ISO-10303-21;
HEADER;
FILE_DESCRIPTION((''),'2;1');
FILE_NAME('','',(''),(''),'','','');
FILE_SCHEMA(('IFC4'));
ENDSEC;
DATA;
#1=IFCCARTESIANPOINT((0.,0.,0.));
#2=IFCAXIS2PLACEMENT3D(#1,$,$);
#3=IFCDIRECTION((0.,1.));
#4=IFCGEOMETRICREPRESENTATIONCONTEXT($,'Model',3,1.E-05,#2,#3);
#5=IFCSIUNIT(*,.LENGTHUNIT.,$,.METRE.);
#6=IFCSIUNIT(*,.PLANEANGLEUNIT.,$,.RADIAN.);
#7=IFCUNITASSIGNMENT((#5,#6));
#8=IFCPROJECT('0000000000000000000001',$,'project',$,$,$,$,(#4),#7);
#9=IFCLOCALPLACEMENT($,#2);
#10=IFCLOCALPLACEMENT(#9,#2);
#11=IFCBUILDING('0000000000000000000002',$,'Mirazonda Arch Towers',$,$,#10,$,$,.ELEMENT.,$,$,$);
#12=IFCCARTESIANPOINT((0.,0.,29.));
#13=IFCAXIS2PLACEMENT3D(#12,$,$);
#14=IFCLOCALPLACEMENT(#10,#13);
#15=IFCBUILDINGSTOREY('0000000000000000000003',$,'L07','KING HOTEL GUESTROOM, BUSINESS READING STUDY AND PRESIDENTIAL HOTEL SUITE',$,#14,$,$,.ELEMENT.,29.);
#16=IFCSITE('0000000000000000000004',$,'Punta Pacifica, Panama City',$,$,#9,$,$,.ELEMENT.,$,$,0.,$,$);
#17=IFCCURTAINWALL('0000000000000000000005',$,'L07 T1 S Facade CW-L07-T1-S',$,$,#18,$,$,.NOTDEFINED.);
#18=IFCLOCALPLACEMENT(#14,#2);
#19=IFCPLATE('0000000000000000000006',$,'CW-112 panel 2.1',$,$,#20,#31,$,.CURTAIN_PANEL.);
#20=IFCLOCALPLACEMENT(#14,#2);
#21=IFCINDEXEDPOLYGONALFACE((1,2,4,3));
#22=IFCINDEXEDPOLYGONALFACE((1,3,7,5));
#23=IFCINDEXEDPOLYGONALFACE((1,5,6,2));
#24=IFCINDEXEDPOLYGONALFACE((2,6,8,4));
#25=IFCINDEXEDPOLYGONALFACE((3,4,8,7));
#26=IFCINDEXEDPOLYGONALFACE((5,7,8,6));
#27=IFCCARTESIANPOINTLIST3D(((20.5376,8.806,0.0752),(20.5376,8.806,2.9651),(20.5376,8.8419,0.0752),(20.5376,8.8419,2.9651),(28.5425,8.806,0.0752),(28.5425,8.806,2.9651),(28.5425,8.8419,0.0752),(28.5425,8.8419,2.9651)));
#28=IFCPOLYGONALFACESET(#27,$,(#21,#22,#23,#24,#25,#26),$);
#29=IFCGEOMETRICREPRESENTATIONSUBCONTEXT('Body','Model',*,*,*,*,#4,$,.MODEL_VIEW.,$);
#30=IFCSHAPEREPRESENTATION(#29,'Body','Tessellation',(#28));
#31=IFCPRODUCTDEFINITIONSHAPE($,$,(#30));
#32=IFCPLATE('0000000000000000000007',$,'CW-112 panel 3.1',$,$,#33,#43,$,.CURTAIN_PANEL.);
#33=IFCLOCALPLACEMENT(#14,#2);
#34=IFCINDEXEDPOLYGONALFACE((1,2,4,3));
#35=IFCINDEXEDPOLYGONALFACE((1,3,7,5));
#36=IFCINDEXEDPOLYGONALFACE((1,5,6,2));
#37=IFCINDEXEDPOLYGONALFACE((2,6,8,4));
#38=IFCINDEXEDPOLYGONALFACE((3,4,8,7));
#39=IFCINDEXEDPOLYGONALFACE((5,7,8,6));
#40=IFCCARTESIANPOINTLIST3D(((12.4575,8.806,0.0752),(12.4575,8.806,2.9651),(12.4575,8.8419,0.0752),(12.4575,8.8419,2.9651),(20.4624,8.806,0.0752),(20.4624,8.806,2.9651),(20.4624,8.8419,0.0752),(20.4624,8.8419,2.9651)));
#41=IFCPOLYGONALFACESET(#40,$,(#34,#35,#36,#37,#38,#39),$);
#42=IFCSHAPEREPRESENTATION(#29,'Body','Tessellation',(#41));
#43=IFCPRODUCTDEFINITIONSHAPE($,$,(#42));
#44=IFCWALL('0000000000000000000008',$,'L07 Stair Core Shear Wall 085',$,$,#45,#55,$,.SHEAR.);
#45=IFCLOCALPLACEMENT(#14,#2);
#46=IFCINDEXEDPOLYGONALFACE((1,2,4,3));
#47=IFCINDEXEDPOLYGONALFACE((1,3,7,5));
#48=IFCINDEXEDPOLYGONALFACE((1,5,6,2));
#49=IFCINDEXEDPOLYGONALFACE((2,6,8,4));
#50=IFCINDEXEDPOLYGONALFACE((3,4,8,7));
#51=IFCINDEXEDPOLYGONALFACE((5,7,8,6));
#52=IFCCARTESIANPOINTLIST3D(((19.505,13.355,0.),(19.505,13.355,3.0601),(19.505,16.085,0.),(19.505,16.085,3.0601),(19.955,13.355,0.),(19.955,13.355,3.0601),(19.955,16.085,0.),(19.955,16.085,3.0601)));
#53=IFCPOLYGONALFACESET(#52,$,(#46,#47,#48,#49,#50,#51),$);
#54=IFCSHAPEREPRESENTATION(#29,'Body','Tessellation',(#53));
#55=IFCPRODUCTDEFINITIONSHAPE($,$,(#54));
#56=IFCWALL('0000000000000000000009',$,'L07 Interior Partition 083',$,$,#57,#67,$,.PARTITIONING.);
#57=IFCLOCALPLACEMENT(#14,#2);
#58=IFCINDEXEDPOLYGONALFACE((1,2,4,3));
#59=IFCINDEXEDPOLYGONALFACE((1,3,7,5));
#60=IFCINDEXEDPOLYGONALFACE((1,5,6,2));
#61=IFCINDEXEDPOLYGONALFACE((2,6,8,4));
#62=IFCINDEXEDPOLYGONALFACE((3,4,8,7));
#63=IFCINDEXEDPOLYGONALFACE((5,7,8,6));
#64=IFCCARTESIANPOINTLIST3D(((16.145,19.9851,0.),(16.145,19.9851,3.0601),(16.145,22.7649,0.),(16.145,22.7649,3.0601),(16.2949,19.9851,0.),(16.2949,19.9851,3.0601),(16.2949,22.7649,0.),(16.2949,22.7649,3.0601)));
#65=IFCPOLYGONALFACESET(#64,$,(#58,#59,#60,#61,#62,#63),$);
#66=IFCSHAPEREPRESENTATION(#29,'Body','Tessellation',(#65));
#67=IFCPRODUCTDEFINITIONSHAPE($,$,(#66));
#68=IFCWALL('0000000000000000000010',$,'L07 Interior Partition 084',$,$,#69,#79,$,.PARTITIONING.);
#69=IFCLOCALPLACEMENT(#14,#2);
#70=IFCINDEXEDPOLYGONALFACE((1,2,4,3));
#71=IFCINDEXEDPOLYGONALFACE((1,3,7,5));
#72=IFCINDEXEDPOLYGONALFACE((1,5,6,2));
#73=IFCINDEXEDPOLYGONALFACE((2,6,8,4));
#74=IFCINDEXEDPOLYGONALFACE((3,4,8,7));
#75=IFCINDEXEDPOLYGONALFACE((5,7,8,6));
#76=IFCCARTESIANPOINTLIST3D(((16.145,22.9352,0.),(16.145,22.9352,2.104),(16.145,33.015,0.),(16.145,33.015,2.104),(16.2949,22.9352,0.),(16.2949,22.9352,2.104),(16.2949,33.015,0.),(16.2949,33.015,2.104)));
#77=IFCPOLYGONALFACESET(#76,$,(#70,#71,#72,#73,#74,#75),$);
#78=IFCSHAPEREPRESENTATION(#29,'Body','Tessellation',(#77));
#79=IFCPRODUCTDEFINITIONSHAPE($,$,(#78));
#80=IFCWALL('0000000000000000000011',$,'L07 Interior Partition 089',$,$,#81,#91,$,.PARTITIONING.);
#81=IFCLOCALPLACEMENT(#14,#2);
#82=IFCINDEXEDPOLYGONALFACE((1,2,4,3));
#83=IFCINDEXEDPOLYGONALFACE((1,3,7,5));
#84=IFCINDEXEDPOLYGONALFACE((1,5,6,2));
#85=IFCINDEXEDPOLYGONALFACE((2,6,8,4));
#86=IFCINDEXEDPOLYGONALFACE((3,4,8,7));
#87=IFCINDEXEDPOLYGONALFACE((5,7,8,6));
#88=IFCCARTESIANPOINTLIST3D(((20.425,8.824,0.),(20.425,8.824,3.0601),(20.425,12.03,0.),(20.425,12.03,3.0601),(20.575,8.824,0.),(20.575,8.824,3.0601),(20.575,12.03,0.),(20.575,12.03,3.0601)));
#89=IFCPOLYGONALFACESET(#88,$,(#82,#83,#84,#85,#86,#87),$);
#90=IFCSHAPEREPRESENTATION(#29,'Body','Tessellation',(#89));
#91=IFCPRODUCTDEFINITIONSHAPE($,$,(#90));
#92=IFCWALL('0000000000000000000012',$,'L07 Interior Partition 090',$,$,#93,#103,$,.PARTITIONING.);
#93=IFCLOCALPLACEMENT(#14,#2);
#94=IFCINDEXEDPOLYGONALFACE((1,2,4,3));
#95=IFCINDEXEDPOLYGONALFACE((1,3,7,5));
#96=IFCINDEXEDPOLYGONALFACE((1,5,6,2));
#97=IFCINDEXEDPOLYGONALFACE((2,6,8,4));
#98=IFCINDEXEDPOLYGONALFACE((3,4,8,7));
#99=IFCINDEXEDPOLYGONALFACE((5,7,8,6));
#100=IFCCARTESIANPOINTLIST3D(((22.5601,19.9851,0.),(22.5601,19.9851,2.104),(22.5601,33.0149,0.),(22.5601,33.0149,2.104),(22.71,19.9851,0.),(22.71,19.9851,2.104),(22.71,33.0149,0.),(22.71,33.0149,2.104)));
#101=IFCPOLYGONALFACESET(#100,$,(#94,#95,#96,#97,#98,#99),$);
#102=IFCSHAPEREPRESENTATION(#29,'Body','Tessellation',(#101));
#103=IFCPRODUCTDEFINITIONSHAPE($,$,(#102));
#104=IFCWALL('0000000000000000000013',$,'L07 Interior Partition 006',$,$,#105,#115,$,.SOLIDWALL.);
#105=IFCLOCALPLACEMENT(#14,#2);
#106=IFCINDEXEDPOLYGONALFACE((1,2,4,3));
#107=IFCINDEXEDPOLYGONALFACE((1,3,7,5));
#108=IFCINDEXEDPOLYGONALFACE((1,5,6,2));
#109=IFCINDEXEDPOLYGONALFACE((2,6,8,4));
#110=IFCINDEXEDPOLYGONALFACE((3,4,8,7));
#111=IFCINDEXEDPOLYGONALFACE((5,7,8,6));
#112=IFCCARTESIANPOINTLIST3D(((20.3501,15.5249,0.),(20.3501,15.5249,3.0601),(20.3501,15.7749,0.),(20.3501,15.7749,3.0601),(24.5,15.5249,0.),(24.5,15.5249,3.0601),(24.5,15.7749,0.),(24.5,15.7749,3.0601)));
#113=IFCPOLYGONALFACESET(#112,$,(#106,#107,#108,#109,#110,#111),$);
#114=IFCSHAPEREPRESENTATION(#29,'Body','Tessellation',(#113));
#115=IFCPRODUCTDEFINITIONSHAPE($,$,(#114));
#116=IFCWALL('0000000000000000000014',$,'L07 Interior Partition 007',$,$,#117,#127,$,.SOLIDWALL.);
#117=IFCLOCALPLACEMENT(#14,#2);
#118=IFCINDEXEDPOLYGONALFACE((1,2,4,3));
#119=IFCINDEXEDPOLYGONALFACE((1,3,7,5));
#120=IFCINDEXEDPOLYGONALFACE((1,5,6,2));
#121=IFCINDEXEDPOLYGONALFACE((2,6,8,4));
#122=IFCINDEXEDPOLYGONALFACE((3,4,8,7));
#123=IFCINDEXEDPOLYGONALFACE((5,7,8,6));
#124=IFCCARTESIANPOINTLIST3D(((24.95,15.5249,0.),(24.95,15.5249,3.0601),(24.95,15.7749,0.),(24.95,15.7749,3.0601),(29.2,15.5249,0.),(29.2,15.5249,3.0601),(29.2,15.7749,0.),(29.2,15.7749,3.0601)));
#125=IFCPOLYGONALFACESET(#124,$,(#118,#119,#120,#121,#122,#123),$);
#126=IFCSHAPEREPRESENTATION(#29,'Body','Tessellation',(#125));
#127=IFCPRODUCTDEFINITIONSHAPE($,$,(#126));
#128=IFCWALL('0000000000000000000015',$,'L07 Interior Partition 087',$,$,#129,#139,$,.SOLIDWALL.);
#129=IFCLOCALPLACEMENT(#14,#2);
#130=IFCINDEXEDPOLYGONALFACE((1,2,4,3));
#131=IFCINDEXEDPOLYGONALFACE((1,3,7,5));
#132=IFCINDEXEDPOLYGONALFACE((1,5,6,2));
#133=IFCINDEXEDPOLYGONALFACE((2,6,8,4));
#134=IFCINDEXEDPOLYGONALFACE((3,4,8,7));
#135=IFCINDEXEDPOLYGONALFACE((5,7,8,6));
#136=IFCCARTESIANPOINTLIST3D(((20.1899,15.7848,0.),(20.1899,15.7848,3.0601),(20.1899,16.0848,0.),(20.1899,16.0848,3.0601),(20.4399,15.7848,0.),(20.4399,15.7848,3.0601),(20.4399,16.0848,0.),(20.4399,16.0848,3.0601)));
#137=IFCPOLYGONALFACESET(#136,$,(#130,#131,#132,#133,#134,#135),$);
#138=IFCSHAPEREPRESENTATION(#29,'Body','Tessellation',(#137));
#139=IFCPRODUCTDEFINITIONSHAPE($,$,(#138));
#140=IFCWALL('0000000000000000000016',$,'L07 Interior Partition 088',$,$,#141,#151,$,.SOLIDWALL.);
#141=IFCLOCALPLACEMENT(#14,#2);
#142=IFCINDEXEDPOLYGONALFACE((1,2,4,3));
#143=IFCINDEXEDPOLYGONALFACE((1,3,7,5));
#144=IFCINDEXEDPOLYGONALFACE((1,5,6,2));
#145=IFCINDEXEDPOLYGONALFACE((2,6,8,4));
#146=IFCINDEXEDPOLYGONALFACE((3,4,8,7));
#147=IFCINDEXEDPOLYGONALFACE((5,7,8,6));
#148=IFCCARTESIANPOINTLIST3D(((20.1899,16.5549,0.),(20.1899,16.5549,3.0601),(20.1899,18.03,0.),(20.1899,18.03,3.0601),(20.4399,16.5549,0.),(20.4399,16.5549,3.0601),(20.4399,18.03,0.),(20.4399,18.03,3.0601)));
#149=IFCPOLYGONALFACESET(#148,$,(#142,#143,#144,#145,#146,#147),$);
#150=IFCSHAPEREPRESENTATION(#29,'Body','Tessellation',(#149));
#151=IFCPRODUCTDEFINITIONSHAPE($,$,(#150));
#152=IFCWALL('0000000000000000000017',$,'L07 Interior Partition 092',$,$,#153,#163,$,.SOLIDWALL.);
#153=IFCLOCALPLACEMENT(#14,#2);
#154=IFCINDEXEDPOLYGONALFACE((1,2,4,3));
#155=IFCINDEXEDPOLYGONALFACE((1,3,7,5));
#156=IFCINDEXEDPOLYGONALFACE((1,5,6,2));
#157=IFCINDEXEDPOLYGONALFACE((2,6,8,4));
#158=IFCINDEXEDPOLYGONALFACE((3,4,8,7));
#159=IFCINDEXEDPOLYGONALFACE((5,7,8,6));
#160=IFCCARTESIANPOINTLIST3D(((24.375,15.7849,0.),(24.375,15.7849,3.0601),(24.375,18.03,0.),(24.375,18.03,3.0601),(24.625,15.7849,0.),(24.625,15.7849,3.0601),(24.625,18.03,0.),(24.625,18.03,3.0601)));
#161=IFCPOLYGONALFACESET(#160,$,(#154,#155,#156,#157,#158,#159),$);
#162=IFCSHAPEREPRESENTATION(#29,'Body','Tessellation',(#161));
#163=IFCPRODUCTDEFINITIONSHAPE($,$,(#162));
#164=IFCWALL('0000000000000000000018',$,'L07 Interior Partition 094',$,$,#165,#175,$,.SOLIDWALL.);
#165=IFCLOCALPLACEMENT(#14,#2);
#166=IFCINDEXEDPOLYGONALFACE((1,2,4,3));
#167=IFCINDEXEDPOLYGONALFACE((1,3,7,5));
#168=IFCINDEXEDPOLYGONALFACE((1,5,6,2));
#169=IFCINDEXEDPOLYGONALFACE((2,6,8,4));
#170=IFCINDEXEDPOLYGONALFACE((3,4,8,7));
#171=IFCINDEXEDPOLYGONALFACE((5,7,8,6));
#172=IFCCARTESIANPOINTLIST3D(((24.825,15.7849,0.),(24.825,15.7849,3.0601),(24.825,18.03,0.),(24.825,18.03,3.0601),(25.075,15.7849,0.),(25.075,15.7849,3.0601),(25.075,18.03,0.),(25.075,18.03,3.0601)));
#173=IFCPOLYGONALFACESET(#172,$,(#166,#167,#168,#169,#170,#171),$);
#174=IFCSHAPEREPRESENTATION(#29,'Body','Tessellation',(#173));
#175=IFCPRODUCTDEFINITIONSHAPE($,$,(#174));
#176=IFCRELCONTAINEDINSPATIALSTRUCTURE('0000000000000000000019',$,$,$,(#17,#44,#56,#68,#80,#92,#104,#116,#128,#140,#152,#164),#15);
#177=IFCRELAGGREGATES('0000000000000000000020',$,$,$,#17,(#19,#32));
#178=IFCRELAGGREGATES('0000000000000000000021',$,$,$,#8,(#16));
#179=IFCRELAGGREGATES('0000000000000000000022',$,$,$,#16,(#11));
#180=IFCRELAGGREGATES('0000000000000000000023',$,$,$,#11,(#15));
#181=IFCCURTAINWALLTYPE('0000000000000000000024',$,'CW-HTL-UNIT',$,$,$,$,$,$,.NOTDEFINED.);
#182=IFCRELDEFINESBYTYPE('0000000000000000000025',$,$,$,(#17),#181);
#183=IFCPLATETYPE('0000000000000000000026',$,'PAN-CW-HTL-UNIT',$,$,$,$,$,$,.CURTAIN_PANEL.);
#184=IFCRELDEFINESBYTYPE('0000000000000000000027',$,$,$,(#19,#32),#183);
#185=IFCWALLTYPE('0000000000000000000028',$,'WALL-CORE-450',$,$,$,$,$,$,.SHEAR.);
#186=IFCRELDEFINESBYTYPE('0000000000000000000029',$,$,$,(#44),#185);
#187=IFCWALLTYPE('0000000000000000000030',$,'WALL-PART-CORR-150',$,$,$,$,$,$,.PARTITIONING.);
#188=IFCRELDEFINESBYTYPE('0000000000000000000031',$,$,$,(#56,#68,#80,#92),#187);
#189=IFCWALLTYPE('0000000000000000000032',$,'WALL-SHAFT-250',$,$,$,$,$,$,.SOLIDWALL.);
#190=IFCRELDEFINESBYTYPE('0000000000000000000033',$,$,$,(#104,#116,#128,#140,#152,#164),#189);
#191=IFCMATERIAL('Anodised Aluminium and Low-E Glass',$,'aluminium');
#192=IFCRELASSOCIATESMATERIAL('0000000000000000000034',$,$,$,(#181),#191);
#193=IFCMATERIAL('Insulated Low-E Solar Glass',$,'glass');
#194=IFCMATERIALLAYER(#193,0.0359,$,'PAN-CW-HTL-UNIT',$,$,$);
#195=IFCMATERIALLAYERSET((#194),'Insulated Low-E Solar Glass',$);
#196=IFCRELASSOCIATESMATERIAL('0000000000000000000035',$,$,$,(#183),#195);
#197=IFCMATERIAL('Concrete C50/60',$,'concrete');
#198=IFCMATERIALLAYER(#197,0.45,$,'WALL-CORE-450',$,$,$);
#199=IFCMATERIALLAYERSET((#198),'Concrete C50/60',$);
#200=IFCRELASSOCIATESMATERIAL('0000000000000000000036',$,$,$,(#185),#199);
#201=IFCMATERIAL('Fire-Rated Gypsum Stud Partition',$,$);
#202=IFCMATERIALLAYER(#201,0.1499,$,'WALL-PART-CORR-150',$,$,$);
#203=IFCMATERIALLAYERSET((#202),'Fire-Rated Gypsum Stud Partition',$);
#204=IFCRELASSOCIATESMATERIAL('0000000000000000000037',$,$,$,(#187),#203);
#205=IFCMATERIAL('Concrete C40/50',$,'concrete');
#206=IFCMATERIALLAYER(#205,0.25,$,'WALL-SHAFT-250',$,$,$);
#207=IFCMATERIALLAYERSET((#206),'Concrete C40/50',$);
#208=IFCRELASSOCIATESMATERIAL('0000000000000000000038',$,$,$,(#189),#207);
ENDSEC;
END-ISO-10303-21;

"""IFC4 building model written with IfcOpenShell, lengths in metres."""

from ifc_helpers import new_model, si_unit, direction, frame, frame_2d, origin, origin_2d, place, context, subcontext, project, spatial, rectangle, extrude, material, layer, layer_set, type_object, element, aggregate, save


model = new_model("IFC4")

# Units and contexts
model_context = context("Model", 3, precision=1e-05, world=origin(), true_north=direction((0.0, 1.0)))
body_context = subcontext(model_context, "Body", "Model", "MODEL_VIEW")
ifc_project = project(units=[si_unit("LENGTHUNIT", "METRE"), si_unit("PLANEANGLEUNIT", "RADIAN")], contexts=[model_context])

# Site, building, storey
site_placement = place(None, origin())
site = spatial("IfcSite", under=ifc_project, at=site_placement, Name="Punta Pacifica, Panama City", CompositionType="ELEMENT", RefElevation=0.0)
building_placement = place(site_placement, origin())
building = spatial("IfcBuilding", under=site, at=building_placement, Name="Mirazonda Arch Towers", CompositionType="ELEMENT")
storey_placement = place(building_placement, frame((0.0, 0.0, 29.0)))
storey = spatial("IfcBuildingStorey", under=building, at=storey_placement, Name="L07", Description="KING HOTEL GUESTROOM, BUSINESS READING STUDY AND PRESIDENTIAL HOTEL SUITE", CompositionType="ELEMENT", Elevation=29.0)

# Curtain wall, plates
ifc_material_1 = material(Name="Anodised Aluminium and Low-E Glass", Category="aluminium")
curtain_wall_type = type_object("IfcCurtainWallType", Name="CW-HTL-UNIT", PredefinedType="NOTDEFINED", material=ifc_material_1)
curtain_wall_placement = place(storey_placement, origin())
curtain_wall = element("IfcCurtainWall", 1, at=curtain_wall_placement, inside=storey, type_object=curtain_wall_type, Name="L07 T1 S Facade CW-L07-T1-S", PredefinedType="NOTDEFINED")
ifc_material_2 = material(Name="Insulated Low-E Solar Glass", Category="glass")
ifc_layer_1 = layer(ifc_material_2, 0.0359, Name="PAN-CW-HTL-UNIT")
ifc_layer_set_1 = layer_set([ifc_layer_1], Name="Insulated Low-E Solar Glass")
plate_type = type_object("IfcPlateType", Name="PAN-CW-HTL-UNIT", PredefinedType="CURTAIN_PANEL", material=ifc_layer_set_1)
plate_1_placement = place(storey_placement, frame((24.54, 8.824, 0.0752), z_axis=(0.0, 0.0, 1.0), x_axis=(-1.0, 0.0, 0.0)))
plate_1 = element("IfcPlate", 2, at=plate_1_placement, type_object=plate_type, Name="CW-112 panel 2.1", PredefinedType="CURTAIN_PANEL", context=body_context, shape_type="SweptSolid", body=[
    extrude(rectangle(XDim=8.0049, YDim=0.0359, at=origin_2d()), origin(), (0.0, 0.0, 1.0), 2.8899),
])
plate_2_placement = place(storey_placement, frame((16.46, 8.824, 0.0752), z_axis=(0.0, 0.0, 1.0), x_axis=(-1.0, 0.0, 0.0)))
plate_2 = element("IfcPlate", 3, at=plate_2_placement, type_object=plate_type, Name="CW-112 panel 3.1", PredefinedType="CURTAIN_PANEL", context=body_context, shape_type="SweptSolid", body=[
    extrude(rectangle(XDim=8.0049, YDim=0.0359, at=origin_2d()), origin(), (0.0, 0.0, 1.0), 2.8899),
])
aggregate(curtain_wall, [plate_1, plate_2])

# Walls
ifc_material_3 = material(Name="Concrete C50/60", Category="concrete")
ifc_layer_2 = layer(ifc_material_3, 0.45, Name="WALL-CORE-450")
ifc_layer_set_2 = layer_set([ifc_layer_2], Name="Concrete C50/60")
wall_type_1 = type_object("IfcWallType", Name="WALL-CORE-450", PredefinedType="SHEAR", material=ifc_layer_set_2)
wall_1_placement = place(storey_placement, frame((19.73, 13.355, 0.0), z_axis=(0.0, 0.0, 1.0), x_axis=(0.0, 1.0, 0.0)))
element("IfcWall", 4, at=wall_1_placement, inside=storey, type_object=wall_type_1, Name="L07 Stair Core Shear Wall 085", PredefinedType="SHEAR", context=body_context, shape_type="SweptSolid", body=[
    extrude(rectangle(XDim=2.73, YDim=0.45, at=frame_2d((1.365, 0.0))), origin(), (0.0, 0.0, 1.0), 3.0601),
])
ifc_material_4 = material(Name="Fire-Rated Gypsum Stud Partition")
ifc_layer_3 = layer(ifc_material_4, 0.1499, Name="WALL-PART-CORR-150")
ifc_layer_set_3 = layer_set([ifc_layer_3], Name="Fire-Rated Gypsum Stud Partition")
wall_type_2 = type_object("IfcWallType", Name="WALL-PART-CORR-150", PredefinedType="PARTITIONING", material=ifc_layer_set_3)
wall_2_placement = place(storey_placement, frame((16.22, 19.9851, 0.0), z_axis=(0.0, 0.0, 1.0), x_axis=(0.0, 1.0, 0.0)))
element("IfcWall", 5, at=wall_2_placement, inside=storey, type_object=wall_type_2, Name="L07 Interior Partition 083", PredefinedType="PARTITIONING", context=body_context, shape_type="SweptSolid", body=[
    extrude(rectangle(XDim=2.7798, YDim=0.1499, at=frame_2d((1.3899, 0.0))), origin(), (0.0, 0.0, 1.0), 3.0601),
])
wall_3_placement = place(storey_placement, frame((16.22, 22.9351, 0.0), z_axis=(0.0, 0.0, 1.0), x_axis=(0.0, 1.0, 0.0)))
element("IfcWall", 6, at=wall_3_placement, inside=storey, type_object=wall_type_2, Name="L07 Interior Partition 084", PredefinedType="PARTITIONING", context=body_context, shape_type="SweptSolid", body=[
    extrude(rectangle(XDim=10.0798, YDim=0.1499, at=frame_2d((5.04, 0.0))), origin(), (0.0, 0.0, 1.0), 2.104),
])
wall_4_placement = place(storey_placement, frame((20.5, 8.824, 0.0), z_axis=(0.0, 0.0, 1.0), x_axis=(0.0, 1.0, 0.0)))
element("IfcWall", 7, at=wall_4_placement, inside=storey, type_object=wall_type_2, Name="L07 Interior Partition 089", PredefinedType="PARTITIONING", context=body_context, shape_type="SweptSolid", body=[
    extrude(rectangle(XDim=3.2061, YDim=0.1499, at=frame_2d((1.603, 0.0))), origin(), (0.0, 0.0, 1.0), 3.0601),
])
wall_5_placement = place(storey_placement, frame((22.635, 19.9851, 0.0), z_axis=(0.0, 0.0, 1.0), x_axis=(0.0, 1.0, 0.0)))
element("IfcWall", 8, at=wall_5_placement, inside=storey, type_object=wall_type_2, Name="L07 Interior Partition 090", PredefinedType="PARTITIONING", context=body_context, shape_type="SweptSolid", body=[
    extrude(rectangle(XDim=13.0298, YDim=0.1499, at=frame_2d((6.5149, 0.0))), origin(), (0.0, 0.0, 1.0), 2.104),
])
ifc_material_5 = material(Name="Concrete C40/50", Category="concrete")
ifc_layer_4 = layer(ifc_material_5, 0.25, Name="WALL-SHAFT-250")
ifc_layer_set_4 = layer_set([ifc_layer_4], Name="Concrete C40/50")
wall_type_3 = type_object("IfcWallType", Name="WALL-SHAFT-250", PredefinedType="SOLIDWALL", material=ifc_layer_set_4)
wall_6_placement = place(storey_placement, frame((20.3501, 15.6499, 0.0), z_axis=(0.0, 0.0, 1.0), x_axis=(1.0, 0.0, 0.0)))
element("IfcWall", 9, at=wall_6_placement, inside=storey, type_object=wall_type_3, Name="L07 Interior Partition 006", PredefinedType="SOLIDWALL", context=body_context, shape_type="SweptSolid", body=[
    extrude(rectangle(XDim=4.1499, YDim=0.25, at=frame_2d((2.075, 0.0))), origin(), (0.0, 0.0, 1.0), 3.0601),
])
wall_7_placement = place(storey_placement, frame((24.95, 15.6499, 0.0), z_axis=(0.0, 0.0, 1.0), x_axis=(1.0, 0.0, 0.0)))
element("IfcWall", 10, at=wall_7_placement, inside=storey, type_object=wall_type_3, Name="L07 Interior Partition 007", PredefinedType="SOLIDWALL", context=body_context, shape_type="SweptSolid", body=[
    extrude(rectangle(XDim=4.25, YDim=0.25, at=frame_2d((2.125, 0.0))), origin(), (0.0, 0.0, 1.0), 3.0601),
])
wall_8_placement = place(storey_placement, frame((20.3149, 15.7849, 0.0), z_axis=(0.0, 0.0, 1.0), x_axis=(0.0, 1.0, 0.0)))
element("IfcWall", 11, at=wall_8_placement, inside=storey, type_object=wall_type_3, Name="L07 Interior Partition 087", PredefinedType="SOLIDWALL", context=body_context, shape_type="SweptSolid", body=[
    extrude(rectangle(XDim=0.3, YDim=0.25, at=frame_2d((0.1499, 0.0))), origin(), (0.0, 0.0, 1.0), 3.0601),
])
wall_9_placement = place(storey_placement, frame((20.3149, 16.5549, 0.0), z_axis=(0.0, 0.0, 1.0), x_axis=(0.0, 1.0, 0.0)))
element("IfcWall", 12, at=wall_9_placement, inside=storey, type_object=wall_type_3, Name="L07 Interior Partition 088", PredefinedType="SOLIDWALL", context=body_context, shape_type="SweptSolid", body=[
    extrude(rectangle(XDim=1.4751, YDim=0.25, at=frame_2d((0.7375, 0.0))), origin(), (0.0, 0.0, 1.0), 3.0601),
])
for number, where, z_axis, x_axis, name in (
    (13, (24.5, 15.7849, 0.0), (0.0, 0.0, 1.0), (0.0, 1.0, 0.0), "L07 Interior Partition 092"),
    (14, (24.95, 15.7849, 0.0), (0.0, 0.0, 1.0), (0.0, 1.0, 0.0), "L07 Interior Partition 094"),
):
    element("IfcWall", number, at=place(storey_placement, frame(where, z_axis=z_axis, x_axis=x_axis)), inside=storey, type_object=wall_type_3, Name=name, PredefinedType="SOLIDWALL", context=body_context, shape_type="SweptSolid", body=[
        extrude(rectangle(XDim=2.2451, YDim=0.25, at=frame_2d((1.1226, 0.0))), origin(), (0.0, 0.0, 1.0), 3.0601),
    ])

save(model, "model.ifc")
